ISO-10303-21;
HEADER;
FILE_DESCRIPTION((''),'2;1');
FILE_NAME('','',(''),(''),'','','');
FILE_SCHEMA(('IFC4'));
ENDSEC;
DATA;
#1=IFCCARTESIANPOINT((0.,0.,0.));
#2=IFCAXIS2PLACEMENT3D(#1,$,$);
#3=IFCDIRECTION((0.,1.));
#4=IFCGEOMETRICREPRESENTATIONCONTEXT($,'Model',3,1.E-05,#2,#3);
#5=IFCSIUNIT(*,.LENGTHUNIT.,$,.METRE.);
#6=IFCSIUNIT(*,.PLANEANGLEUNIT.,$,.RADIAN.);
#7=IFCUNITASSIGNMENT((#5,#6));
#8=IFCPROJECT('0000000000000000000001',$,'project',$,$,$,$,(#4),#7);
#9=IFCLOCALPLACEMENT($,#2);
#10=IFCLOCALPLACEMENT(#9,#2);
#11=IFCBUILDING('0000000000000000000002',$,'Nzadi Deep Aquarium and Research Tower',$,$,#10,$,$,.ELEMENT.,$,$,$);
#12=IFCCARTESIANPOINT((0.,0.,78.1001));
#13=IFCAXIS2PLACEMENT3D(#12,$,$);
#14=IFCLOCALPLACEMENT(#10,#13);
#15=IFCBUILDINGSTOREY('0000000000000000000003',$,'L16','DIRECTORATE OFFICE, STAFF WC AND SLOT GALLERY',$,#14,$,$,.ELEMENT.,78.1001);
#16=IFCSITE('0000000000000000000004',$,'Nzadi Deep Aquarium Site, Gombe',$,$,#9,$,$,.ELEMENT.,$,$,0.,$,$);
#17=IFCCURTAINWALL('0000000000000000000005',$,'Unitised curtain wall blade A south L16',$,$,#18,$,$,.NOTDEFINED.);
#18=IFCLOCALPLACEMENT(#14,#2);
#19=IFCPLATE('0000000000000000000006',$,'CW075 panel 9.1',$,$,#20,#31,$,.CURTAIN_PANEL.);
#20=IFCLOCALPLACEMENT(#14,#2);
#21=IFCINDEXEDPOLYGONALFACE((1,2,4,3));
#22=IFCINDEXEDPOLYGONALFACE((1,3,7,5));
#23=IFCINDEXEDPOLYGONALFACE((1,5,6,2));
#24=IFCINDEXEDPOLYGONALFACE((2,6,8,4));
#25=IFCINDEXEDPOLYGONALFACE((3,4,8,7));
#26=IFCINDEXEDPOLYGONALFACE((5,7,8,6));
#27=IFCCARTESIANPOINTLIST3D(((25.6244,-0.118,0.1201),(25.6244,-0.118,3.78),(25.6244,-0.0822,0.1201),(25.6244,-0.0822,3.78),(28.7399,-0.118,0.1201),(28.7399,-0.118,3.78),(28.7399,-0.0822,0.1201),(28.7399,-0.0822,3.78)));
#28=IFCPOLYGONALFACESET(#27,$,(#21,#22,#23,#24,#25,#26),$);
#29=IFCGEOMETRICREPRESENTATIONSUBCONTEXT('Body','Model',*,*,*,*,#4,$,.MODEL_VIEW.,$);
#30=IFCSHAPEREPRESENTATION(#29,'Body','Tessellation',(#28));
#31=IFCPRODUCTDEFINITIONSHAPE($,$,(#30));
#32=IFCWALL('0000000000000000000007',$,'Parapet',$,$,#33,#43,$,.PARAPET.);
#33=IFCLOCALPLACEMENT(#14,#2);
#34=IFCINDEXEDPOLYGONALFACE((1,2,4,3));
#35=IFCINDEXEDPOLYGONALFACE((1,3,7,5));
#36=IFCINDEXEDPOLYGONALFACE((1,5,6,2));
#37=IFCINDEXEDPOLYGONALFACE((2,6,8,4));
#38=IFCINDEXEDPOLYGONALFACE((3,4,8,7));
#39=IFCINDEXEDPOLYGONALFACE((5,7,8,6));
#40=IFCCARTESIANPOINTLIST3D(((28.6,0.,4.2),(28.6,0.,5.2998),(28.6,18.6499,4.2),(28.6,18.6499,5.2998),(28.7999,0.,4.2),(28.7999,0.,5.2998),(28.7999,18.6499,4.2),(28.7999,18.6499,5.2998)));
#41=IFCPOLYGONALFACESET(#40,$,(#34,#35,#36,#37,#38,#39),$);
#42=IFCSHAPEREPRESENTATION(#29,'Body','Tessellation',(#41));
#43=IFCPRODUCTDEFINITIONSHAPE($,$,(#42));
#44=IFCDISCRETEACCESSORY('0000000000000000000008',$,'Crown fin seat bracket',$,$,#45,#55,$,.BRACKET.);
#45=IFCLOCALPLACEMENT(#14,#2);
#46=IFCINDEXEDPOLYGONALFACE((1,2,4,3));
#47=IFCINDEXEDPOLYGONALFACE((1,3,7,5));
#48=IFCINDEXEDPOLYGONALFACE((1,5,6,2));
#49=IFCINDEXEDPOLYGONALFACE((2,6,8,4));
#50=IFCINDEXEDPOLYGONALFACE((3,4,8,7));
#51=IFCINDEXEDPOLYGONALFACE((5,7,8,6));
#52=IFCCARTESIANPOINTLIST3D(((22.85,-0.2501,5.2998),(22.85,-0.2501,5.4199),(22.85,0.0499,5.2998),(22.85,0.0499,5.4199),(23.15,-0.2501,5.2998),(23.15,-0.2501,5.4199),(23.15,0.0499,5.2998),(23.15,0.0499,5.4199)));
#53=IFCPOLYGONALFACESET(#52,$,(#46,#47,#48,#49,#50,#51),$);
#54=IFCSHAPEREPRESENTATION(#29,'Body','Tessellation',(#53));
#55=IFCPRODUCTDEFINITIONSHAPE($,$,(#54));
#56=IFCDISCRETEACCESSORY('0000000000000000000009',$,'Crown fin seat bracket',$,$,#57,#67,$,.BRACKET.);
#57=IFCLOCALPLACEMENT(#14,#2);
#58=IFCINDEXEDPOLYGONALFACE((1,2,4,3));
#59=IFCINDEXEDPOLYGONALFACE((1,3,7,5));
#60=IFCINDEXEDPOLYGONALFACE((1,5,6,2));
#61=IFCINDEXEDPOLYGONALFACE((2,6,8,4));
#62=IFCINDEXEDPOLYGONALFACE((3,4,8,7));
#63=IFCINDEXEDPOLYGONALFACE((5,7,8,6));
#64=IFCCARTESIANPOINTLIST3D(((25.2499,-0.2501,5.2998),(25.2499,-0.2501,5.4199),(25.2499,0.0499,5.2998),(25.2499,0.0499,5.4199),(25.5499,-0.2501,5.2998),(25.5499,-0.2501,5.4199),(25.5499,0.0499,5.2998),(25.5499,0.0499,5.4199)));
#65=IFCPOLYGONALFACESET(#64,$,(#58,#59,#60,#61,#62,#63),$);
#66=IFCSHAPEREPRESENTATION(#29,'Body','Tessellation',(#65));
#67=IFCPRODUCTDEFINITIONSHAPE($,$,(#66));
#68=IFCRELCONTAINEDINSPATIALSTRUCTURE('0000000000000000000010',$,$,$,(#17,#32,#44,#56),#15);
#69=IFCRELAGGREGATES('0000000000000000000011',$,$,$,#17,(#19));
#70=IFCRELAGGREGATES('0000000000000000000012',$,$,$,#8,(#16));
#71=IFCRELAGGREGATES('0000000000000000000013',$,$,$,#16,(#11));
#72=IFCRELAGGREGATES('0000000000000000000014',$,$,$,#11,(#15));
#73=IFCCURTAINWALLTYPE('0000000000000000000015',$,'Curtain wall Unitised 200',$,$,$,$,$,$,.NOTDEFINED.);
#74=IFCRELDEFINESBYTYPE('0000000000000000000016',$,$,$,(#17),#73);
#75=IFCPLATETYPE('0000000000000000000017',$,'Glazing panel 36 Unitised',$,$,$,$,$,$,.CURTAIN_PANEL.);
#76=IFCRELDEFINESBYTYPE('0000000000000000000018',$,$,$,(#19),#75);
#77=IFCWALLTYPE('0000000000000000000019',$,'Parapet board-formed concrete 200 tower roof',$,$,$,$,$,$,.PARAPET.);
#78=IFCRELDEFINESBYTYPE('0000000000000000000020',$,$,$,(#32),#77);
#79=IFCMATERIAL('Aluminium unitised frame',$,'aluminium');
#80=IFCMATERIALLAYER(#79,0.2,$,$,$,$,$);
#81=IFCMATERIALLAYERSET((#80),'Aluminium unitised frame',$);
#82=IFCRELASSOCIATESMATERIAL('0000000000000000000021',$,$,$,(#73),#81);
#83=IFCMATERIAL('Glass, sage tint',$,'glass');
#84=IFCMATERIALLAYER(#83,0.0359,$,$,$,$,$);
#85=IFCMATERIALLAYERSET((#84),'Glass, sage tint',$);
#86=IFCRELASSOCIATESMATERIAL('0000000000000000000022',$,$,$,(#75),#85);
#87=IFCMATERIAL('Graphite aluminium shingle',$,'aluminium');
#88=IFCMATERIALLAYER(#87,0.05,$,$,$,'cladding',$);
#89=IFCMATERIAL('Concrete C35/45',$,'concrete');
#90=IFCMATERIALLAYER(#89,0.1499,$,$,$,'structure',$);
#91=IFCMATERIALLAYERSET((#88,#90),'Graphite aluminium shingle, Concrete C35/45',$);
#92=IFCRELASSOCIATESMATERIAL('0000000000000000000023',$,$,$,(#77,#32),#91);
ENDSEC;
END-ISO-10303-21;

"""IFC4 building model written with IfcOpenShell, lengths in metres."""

from ifc_helpers import new_model, si_unit, direction, frame, frame_2d, origin, origin_2d, place, context, subcontext, project, spatial, rectangle, extrude, material, layer, layer_set, layer_usage, type_object, element, aggregate, save


model = new_model("IFC4")

# Units and contexts
model_context = context("Model", 3, precision=1e-05, world=origin(), true_north=direction((0.0, 1.0)))
body_context = subcontext(model_context, "Body", "Model", "MODEL_VIEW")
ifc_project = project(units=[si_unit("LENGTHUNIT", "METRE"), si_unit("PLANEANGLEUNIT", "RADIAN")], contexts=[model_context])

# Site, building, storey
site_placement = place(None, origin())
site = spatial("IfcSite", under=ifc_project, at=site_placement, Name="Nzadi Deep Aquarium Site, Gombe", CompositionType="ELEMENT", RefElevation=0.0)
building_placement = place(site_placement, origin())
building = spatial("IfcBuilding", under=site, at=building_placement, Name="Nzadi Deep Aquarium and Research Tower", CompositionType="ELEMENT")
storey_placement = place(building_placement, frame((0.0, 0.0, 78.1001)))
storey = spatial("IfcBuildingStorey", under=building, at=storey_placement, Name="L16", Description="DIRECTORATE OFFICE, STAFF WC AND SLOT GALLERY", CompositionType="ELEMENT", Elevation=78.1001)

# Curtain wall
ifc_material_1 = material(Name="Aluminium unitised frame", Category="aluminium")
ifc_layer_1 = layer(ifc_material_1, 0.2)
ifc_layer_set_1 = layer_set([ifc_layer_1], Name="Aluminium unitised frame")
curtain_wall_type = type_object("IfcCurtainWallType", Name="Curtain wall Unitised 200", PredefinedType="NOTDEFINED", material=ifc_layer_set_1)
curtain_wall_placement = place(storey_placement, origin())
curtain_wall = element("IfcCurtainWall", 1, at=curtain_wall_placement, inside=storey, type_object=curtain_wall_type, Name="Unitised curtain wall blade A south L16", PredefinedType="NOTDEFINED")

# Plate
ifc_material_2 = material(Name="Glass, sage tint", Category="glass")
ifc_layer_2 = layer(ifc_material_2, 0.0359)
ifc_layer_set_2 = layer_set([ifc_layer_2], Name="Glass, sage tint")
plate_type_1 = type_object("IfcPlateType", Name="Glazing panel 36 Unitised", PredefinedType="CURTAIN_PANEL", material=ifc_layer_set_2)
plate_1_placement = place(storey_placement, frame((27.1821, -0.1001, 0.1201), z_axis=(0.0, 0.0, 1.0), x_axis=(1.0, 0.0, 0.0)))
plate_1 = element("IfcPlate", 2, at=plate_1_placement, type_object=plate_type_1, Name="CW075 panel 9.1", PredefinedType="CURTAIN_PANEL", context=body_context, shape_type="SweptSolid", body=[
    extrude(rectangle(XDim=3.1155, YDim=0.0359, at=origin_2d()), origin(), (0.0, 0.0, 1.0), 3.6599),
])
aggregate(curtain_wall, [plate_1])

# Wall
ifc_material_3 = material(Name="Graphite aluminium shingle", Category="aluminium")
ifc_layer_3 = layer(ifc_material_3, 0.05, Category="cladding")
ifc_material_4 = material(Name="Concrete C35/45", Category="concrete")
ifc_layer_4 = layer(ifc_material_4, 0.1499, Category="structure")
ifc_layer_set_3 = layer_set([ifc_layer_3, ifc_layer_4], Name="Graphite aluminium shingle, Concrete C35/45")
ifc_layer_usage = layer_usage(ifc_layer_set_3, "AXIS2", "POSITIVE", -0.1)
wall_type = type_object("IfcWallType", Name="Parapet board-formed concrete 200 tower roof", PredefinedType="PARAPET", material=ifc_layer_set_3)
wall_placement = place(storey_placement, frame((28.7, 0.0, 4.2), z_axis=(0.0, 0.0, 1.0), x_axis=(0.0, 1.0, 0.0)))
element("IfcWall", 3, at=wall_placement, inside=storey, type_object=wall_type, material=ifc_layer_usage, Name="Parapet", PredefinedType="PARAPET", context=body_context, shape_type="SweptSolid", body=[
    extrude(rectangle(XDim=18.6499, YDim=0.2, at=frame_2d((9.325, 0.0))), origin(), (0.0, 0.0, 1.0), 1.0999),
])

# Discrete accessories
for number, where, z_axis, x_axis, name in (
    (4, (23.0, -0.1001, 5.2998), (0.0, 0.0, 1.0), (1.0, 0.0, 0.0), "Crown fin seat bracket"),
    (5, (25.3999, -0.1001, 5.2998), (0.0, 0.0, 1.0), (1.0, 0.0, 0.0), "Crown fin seat bracket"),
):
    element("IfcDiscreteAccessory", number, at=place(storey_placement, frame(where, z_axis=z_axis, x_axis=x_axis)), inside=storey, Name=name, PredefinedType="BRACKET", context=body_context, shape_type="SweptSolid", body=[
        extrude(rectangle(XDim=0.3, YDim=0.3, at=origin_2d()), origin(), (0.0, 0.0, 1.0), 0.1201),
    ])

save(model, "model.ifc")
